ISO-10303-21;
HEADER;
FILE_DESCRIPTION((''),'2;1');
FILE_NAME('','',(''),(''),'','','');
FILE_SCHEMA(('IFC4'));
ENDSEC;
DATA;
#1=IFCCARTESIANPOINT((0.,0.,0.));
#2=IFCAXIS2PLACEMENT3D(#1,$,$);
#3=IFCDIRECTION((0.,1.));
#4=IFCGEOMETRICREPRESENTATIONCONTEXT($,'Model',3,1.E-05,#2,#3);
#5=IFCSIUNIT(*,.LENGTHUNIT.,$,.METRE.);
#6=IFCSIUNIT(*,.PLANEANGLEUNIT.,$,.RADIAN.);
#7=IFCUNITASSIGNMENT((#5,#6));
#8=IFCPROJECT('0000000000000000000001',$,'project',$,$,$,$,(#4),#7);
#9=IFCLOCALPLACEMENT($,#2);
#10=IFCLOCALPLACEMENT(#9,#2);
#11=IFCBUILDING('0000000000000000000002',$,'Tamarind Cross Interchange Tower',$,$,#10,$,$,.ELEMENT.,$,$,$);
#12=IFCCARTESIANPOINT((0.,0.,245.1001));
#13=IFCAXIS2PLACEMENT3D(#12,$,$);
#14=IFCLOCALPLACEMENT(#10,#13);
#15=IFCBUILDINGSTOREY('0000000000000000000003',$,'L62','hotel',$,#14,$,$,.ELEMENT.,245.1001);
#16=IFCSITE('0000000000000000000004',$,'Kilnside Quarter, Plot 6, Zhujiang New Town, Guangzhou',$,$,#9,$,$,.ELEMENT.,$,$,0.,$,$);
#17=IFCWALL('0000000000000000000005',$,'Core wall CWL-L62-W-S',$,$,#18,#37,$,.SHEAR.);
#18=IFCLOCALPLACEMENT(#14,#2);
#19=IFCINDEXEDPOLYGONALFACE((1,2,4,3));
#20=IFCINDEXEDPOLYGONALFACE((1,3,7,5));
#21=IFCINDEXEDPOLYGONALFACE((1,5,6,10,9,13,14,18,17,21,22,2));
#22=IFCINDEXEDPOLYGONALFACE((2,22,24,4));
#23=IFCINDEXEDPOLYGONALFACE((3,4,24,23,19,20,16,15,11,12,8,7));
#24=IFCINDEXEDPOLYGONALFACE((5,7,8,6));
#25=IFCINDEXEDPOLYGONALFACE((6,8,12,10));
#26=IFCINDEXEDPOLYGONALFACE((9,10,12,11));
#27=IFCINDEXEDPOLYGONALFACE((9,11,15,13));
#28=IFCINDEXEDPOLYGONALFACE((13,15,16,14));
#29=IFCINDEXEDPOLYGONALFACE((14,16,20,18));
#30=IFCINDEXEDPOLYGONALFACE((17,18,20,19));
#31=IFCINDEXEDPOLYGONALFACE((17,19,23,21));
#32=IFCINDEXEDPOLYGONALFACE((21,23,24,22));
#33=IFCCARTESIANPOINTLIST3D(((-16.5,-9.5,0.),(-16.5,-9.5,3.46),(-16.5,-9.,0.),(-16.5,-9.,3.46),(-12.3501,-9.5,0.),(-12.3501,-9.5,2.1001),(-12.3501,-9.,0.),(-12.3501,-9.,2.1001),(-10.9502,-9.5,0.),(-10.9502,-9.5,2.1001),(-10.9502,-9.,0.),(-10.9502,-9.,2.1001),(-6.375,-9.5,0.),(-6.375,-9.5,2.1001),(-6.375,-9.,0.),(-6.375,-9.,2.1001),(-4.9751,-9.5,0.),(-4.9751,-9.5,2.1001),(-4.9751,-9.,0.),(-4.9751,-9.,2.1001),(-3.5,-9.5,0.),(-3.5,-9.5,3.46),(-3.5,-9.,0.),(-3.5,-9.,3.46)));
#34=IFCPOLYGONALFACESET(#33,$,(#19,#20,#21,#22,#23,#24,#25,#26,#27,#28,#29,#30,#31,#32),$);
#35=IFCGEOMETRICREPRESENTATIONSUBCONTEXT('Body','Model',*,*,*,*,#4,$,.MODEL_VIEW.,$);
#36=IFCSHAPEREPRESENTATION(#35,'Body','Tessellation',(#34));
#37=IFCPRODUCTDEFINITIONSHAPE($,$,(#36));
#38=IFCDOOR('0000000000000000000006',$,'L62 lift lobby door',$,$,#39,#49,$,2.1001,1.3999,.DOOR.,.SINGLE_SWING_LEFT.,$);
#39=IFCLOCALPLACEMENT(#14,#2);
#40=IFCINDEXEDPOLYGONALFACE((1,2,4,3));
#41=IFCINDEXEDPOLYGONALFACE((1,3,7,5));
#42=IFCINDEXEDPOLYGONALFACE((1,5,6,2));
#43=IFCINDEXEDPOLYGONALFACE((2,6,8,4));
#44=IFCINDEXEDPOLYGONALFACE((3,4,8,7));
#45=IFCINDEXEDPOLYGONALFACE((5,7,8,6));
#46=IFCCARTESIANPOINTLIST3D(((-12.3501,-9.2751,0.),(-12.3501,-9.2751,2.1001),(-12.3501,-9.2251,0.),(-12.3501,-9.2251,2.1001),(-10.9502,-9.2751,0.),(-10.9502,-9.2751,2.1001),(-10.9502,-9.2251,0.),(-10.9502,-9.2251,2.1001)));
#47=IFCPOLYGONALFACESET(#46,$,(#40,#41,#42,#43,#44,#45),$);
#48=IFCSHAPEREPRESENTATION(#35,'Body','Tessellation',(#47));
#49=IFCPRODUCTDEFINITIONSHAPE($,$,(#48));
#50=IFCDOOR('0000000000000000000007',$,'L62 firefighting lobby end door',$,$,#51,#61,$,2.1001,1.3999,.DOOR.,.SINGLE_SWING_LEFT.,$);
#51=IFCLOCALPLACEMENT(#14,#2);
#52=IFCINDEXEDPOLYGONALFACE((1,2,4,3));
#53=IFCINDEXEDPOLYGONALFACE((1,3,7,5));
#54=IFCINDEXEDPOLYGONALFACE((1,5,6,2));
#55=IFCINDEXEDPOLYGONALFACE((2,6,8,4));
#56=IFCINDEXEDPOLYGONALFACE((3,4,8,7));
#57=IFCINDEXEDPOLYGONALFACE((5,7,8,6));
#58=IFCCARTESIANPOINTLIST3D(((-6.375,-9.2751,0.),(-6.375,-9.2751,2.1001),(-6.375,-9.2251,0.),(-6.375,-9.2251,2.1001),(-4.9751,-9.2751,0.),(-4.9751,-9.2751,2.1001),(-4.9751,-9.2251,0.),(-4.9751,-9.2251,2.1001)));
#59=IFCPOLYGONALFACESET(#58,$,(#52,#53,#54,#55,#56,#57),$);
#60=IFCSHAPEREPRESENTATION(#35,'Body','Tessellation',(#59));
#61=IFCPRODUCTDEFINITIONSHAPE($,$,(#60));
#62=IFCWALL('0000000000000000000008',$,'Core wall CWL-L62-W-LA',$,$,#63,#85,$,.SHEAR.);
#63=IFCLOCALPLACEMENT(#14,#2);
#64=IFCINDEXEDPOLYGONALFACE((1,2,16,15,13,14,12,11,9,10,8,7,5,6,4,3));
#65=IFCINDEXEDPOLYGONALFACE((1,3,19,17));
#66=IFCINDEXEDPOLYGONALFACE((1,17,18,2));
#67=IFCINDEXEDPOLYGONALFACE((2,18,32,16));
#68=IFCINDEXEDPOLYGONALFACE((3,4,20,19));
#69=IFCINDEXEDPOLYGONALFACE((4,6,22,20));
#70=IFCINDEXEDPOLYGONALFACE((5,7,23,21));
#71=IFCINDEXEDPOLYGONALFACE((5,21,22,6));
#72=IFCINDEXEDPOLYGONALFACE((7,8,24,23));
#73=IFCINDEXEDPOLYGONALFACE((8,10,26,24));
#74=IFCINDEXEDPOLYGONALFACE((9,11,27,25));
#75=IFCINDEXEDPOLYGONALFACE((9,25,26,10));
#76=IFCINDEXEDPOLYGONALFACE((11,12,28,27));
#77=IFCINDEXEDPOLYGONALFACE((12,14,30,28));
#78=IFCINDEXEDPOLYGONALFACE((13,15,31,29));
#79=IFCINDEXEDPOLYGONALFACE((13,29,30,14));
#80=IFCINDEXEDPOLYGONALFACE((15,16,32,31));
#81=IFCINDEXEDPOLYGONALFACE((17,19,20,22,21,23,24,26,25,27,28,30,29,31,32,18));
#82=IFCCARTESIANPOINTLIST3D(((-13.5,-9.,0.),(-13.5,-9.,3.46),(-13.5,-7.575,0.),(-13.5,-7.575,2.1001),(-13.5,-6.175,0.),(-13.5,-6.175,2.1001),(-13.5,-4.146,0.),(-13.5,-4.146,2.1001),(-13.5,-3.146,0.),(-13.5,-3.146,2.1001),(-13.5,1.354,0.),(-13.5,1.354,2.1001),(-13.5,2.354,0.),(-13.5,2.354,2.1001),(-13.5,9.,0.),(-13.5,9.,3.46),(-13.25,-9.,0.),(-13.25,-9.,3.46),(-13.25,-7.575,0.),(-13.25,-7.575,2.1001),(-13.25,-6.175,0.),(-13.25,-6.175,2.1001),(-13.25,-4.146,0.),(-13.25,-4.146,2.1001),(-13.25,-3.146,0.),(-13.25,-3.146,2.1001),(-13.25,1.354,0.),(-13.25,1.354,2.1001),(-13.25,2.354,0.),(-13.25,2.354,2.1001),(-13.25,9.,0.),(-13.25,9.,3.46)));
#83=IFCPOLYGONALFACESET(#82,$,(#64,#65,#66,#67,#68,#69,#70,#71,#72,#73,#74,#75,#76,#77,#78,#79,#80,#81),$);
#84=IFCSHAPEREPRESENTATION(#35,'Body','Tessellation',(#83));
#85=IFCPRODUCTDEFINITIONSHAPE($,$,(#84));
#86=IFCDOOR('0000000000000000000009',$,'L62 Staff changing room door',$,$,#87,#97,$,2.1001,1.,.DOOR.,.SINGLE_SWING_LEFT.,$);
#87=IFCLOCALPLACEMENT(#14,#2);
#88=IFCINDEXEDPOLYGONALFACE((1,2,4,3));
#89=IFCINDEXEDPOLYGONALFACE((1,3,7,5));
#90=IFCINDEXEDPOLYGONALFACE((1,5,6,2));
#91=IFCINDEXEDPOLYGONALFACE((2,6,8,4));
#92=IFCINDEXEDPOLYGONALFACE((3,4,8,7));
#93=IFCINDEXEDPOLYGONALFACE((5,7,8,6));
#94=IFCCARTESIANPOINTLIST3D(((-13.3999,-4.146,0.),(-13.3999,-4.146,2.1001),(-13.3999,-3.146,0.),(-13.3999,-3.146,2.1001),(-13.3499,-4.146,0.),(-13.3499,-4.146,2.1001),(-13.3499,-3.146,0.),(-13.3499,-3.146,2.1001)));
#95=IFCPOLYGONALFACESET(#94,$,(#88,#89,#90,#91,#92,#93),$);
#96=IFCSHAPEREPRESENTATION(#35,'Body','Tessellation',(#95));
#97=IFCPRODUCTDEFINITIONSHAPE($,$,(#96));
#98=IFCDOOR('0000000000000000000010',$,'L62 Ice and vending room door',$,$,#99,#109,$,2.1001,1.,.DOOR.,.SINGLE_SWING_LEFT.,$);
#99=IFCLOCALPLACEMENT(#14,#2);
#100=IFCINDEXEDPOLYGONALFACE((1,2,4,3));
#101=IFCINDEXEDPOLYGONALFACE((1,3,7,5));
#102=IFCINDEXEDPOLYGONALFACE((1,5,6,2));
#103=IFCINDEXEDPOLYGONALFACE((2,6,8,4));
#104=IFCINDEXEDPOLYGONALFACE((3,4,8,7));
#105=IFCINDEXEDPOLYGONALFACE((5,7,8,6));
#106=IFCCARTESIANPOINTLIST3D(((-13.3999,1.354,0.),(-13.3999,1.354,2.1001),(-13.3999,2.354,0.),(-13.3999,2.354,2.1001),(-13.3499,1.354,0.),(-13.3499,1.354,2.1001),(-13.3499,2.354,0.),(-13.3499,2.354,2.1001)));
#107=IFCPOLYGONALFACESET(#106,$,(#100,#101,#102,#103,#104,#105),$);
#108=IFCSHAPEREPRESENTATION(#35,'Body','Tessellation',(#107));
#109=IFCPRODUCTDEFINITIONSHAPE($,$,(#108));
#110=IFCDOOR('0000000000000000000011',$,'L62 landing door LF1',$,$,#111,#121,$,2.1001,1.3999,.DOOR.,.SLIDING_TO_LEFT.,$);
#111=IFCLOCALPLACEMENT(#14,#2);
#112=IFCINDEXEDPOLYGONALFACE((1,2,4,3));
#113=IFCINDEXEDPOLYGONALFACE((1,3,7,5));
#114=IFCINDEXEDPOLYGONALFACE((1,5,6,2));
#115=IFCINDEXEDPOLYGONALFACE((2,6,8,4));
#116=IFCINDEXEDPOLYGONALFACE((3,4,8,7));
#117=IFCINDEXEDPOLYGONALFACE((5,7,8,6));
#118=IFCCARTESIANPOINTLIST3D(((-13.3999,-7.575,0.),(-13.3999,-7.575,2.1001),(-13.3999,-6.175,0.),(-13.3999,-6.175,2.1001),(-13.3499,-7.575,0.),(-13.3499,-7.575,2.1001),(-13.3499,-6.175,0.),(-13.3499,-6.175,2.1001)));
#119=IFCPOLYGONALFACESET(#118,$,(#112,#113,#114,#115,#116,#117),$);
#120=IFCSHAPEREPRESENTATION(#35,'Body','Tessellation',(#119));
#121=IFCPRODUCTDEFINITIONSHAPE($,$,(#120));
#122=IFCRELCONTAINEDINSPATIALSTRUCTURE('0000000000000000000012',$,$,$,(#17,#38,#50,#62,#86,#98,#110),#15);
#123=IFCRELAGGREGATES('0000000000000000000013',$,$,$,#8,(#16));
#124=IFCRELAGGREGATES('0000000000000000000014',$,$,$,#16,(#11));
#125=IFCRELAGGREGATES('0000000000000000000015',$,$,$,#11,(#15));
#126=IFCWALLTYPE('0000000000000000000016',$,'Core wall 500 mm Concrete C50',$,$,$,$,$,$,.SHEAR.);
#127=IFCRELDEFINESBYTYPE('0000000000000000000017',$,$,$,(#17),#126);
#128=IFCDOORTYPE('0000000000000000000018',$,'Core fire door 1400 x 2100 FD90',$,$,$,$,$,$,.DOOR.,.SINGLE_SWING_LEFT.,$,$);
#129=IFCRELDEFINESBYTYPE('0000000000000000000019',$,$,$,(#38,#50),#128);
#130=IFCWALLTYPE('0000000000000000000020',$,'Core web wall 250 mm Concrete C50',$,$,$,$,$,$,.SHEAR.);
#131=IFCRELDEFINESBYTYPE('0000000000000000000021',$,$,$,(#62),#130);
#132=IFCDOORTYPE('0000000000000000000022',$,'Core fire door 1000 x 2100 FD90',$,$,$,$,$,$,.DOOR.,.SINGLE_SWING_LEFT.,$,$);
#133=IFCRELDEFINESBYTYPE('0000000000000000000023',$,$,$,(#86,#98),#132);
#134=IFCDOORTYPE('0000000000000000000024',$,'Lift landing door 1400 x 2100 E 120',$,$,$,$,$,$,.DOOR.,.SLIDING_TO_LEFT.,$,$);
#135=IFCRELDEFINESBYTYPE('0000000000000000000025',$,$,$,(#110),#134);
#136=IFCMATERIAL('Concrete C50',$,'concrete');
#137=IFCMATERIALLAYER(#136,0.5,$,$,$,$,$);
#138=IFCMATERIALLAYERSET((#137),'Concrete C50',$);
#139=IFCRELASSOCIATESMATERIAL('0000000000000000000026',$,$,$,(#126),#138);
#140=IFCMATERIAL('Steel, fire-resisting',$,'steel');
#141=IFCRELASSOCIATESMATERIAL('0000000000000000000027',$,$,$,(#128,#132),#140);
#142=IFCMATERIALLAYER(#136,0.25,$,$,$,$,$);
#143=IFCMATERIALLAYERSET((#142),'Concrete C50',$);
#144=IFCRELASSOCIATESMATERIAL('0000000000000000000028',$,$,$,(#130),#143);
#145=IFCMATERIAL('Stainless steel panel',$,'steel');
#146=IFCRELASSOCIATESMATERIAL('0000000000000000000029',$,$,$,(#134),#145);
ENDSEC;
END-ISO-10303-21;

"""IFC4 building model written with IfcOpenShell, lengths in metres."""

from ifc_helpers import new_model, si_unit, direction, frame, frame_2d, origin, place, context, subcontext, project, spatial, rectangle, extrude, material, layer, layer_set, type_object, element, fill, save


model = new_model("IFC4")

# Units and contexts
model_context = context("Model", 3, precision=1e-05, world=origin(), true_north=direction((0.0, 1.0)))
body_context = subcontext(model_context, "Body", "Model", "MODEL_VIEW")
ifc_project = project(units=[si_unit("LENGTHUNIT", "METRE"), si_unit("PLANEANGLEUNIT", "RADIAN")], contexts=[model_context])

# Site, building, storey
site_placement = place(None, origin())
site = spatial("IfcSite", under=ifc_project, at=site_placement, Name="Kilnside Quarter, Plot 6, Zhujiang New Town, Guangzhou", CompositionType="ELEMENT", RefElevation=0.0)
building_placement = place(site_placement, origin())
building = spatial("IfcBuilding", under=site, at=building_placement, Name="Tamarind Cross Interchange Tower", CompositionType="ELEMENT")
storey_placement = place(building_placement, frame((0.0, 0.0, 245.1001)))
storey = spatial("IfcBuildingStorey", under=building, at=storey_placement, Name="L62", Description="hotel", CompositionType="ELEMENT", Elevation=245.1001)

# Walls, openings, doors
ifc_material_1 = material(Name="Concrete C50", Category="concrete")
ifc_layer_1 = layer(ifc_material_1, 0.5)
ifc_layer_set_1 = layer_set([ifc_layer_1], Name="Concrete C50")
wall_type_1 = type_object("IfcWallType", Name="Core wall 500 mm Concrete C50", PredefinedType="SHEAR", material=ifc_layer_set_1)
wall_1_placement = place(storey_placement, frame((-16.5, -9.25, 0.0), z_axis=(0.0, 0.0, 1.0), x_axis=(1.0, 0.0, 0.0)))
wall_1 = element("IfcWall", 1, at=wall_1_placement, inside=storey, type_object=wall_type_1, Name="Core wall CWL-L62-W-S", PredefinedType="SHEAR", context=body_context, shape_type="SweptSolid", body=[
    extrude(rectangle(XDim=13.0, YDim=0.5, at=frame_2d((6.5, 0.0))), origin(), (0.0, 0.0, 1.0), 3.46),
])
opening_1_placement = place(wall_1_placement, frame((4.1499, 0.0, 0.0)))
opening_1 = element("IfcOpeningElement", 2, at=opening_1_placement, cuts=wall_1, PredefinedType="OPENING", context=body_context, shape_type="SweptSolid", body=[
    extrude(rectangle(XDim=1.3999, YDim=2.1001, at=frame_2d((0.7, 1.05))), frame((0.0, 0.26, 0.0), z_axis=(0.0, -1.0, 0.0), x_axis=(1.0, 0.0, 0.0)), (0.0, 0.0, 1.0), 0.52),
])
opening_2_placement = place(wall_1_placement, frame((10.125, 0.0, 0.0)))
opening_2 = element("IfcOpeningElement", 3, at=opening_2_placement, cuts=wall_1, PredefinedType="OPENING", context=body_context, shape_type="SweptSolid", body=[
    extrude(rectangle(XDim=1.3999, YDim=2.1001, at=frame_2d((0.7, 1.05))), frame((0.0, 0.26, 0.0), z_axis=(0.0, -1.0, 0.0), x_axis=(1.0, 0.0, 0.0)), (0.0, 0.0, 1.0), 0.52),
])
ifc_material_2 = material(Name="Steel, fire-resisting", Category="steel")
door_type_1 = type_object("IfcDoorType", Name="Core fire door 1400 x 2100 FD90", OperationType="SINGLE_SWING_LEFT", PredefinedType="DOOR", material=ifc_material_2)
door_1_placement = place(opening_1_placement, origin())
door_1 = element("IfcDoor", 4, at=door_1_placement, inside=storey, type_object=door_type_1, Name="L62 lift lobby door", OperationType="SINGLE_SWING_LEFT", OverallHeight=2.1001, OverallWidth=1.3999, PredefinedType="DOOR", context=body_context, shape_type="SweptSolid", body=[
    extrude(rectangle(XDim=1.3999, YDim=2.1001, at=frame_2d((0.7, 1.05))), frame((0.0, 0.0249, 0.0), z_axis=(0.0, -1.0, 0.0), x_axis=(1.0, 0.0, 0.0)), (0.0, 0.0, 1.0), 0.05),
])
fill(opening_1, door_1)
door_2_placement = place(opening_2_placement, origin())
door_2 = element("IfcDoor", 5, at=door_2_placement, inside=storey, type_object=door_type_1, Name="L62 firefighting lobby end door", OperationType="SINGLE_SWING_LEFT", OverallHeight=2.1001, OverallWidth=1.3999, PredefinedType="DOOR", context=body_context, shape_type="SweptSolid", body=[
    extrude(rectangle(XDim=1.3999, YDim=2.1001, at=frame_2d((0.7, 1.05))), frame((0.0, 0.0249, 0.0), z_axis=(0.0, -1.0, 0.0), x_axis=(1.0, 0.0, 0.0)), (0.0, 0.0, 1.0), 0.05),
])
fill(opening_2, door_2)
ifc_layer_2 = layer(ifc_material_1, 0.25)
ifc_layer_set_2 = layer_set([ifc_layer_2], Name="Concrete C50")
wall_type_2 = type_object("IfcWallType", Name="Core web wall 250 mm Concrete C50", PredefinedType="SHEAR", material=ifc_layer_set_2)
wall_2_placement = place(storey_placement, frame((-13.375, -9.0, 0.0), z_axis=(0.0, 0.0, 1.0), x_axis=(0.0, 1.0, 0.0)))
wall_2 = element("IfcWall", 6, at=wall_2_placement, inside=storey, type_object=wall_type_2, Name="Core wall CWL-L62-W-LA", PredefinedType="SHEAR", context=body_context, shape_type="SweptSolid", body=[
    extrude(rectangle(XDim=18.0, YDim=0.25, at=frame_2d((9.0, 0.0))), origin(), (0.0, 0.0, 1.0), 3.46),
])
opening_3_placement = place(wall_2_placement, frame((1.425, 0.0, 0.0)))
opening_3 = element("IfcOpeningElement", 7, at=opening_3_placement, cuts=wall_2, PredefinedType="OPENING", context=body_context, shape_type="SweptSolid", body=[
    extrude(rectangle(XDim=1.3999, YDim=2.1001, at=frame_2d((0.7, 1.05))), frame((0.0, 0.135, 0.0), z_axis=(0.0, -1.0, 0.0), x_axis=(1.0, 0.0, 0.0)), (0.0, 0.0, 1.0), 0.27),
])
opening_4_placement = place(wall_2_placement, frame((4.854, 0.0, 0.0)))
opening_4 = element("IfcOpeningElement", 8, at=opening_4_placement, cuts=wall_2, PredefinedType="OPENING", context=body_context, shape_type="SweptSolid", body=[
    extrude(rectangle(XDim=1.0, YDim=2.1001, at=frame_2d((0.5, 1.05))), frame((0.0, 0.135, 0.0), z_axis=(0.0, -1.0, 0.0), x_axis=(1.0, 0.0, 0.0)), (0.0, 0.0, 1.0), 0.27),
])
opening_5_placement = place(wall_2_placement, frame((10.354, 0.0, 0.0)))
opening_5 = element("IfcOpeningElement", 9, at=opening_5_placement, cuts=wall_2, PredefinedType="OPENING", context=body_context, shape_type="SweptSolid", body=[
    extrude(rectangle(XDim=1.0, YDim=2.1001, at=frame_2d((0.5, 1.05))), frame((0.0, 0.135, 0.0), z_axis=(0.0, -1.0, 0.0), x_axis=(1.0, 0.0, 0.0)), (0.0, 0.0, 1.0), 0.27),
])
door_type_2 = type_object("IfcDoorType", Name="Core fire door 1000 x 2100 FD90", OperationType="SINGLE_SWING_LEFT", PredefinedType="DOOR", material=ifc_material_2)
door_3_placement = place(opening_4_placement, origin())
door_3 = element("IfcDoor", 10, at=door_3_placement, inside=storey, type_object=door_type_2, Name="L62 Staff changing room door", OperationType="SINGLE_SWING_LEFT", OverallHeight=2.1001, OverallWidth=1.0, PredefinedType="DOOR", context=body_context, shape_type="SweptSolid", body=[
    extrude(rectangle(XDim=1.0, YDim=2.1001, at=frame_2d((0.5, 1.05))), frame((0.0, 0.0249, 0.0), z_axis=(0.0, -1.0, 0.0), x_axis=(1.0, 0.0, 0.0)), (0.0, 0.0, 1.0), 0.05),
])
fill(opening_4, door_3)
door_4_placement = place(opening_5_placement, origin())
door_4 = element("IfcDoor", 11, at=door_4_placement, inside=storey, type_object=door_type_2, Name="L62 Ice and vending room door", OperationType="SINGLE_SWING_LEFT", OverallHeight=2.1001, OverallWidth=1.0, PredefinedType="DOOR", context=body_context, shape_type="SweptSolid", body=[
    extrude(rectangle(XDim=1.0, YDim=2.1001, at=frame_2d((0.5, 1.05))), frame((0.0, 0.0249, 0.0), z_axis=(0.0, -1.0, 0.0), x_axis=(1.0, 0.0, 0.0)), (0.0, 0.0, 1.0), 0.05),
])
fill(opening_5, door_4)
ifc_material_3 = material(Name="Stainless steel panel", Category="steel")
door_type_3 = type_object("IfcDoorType", Name="Lift landing door 1400 x 2100 E 120", OperationType="SLIDING_TO_LEFT", PredefinedType="DOOR", material=ifc_material_3)
door_5_placement = place(opening_3_placement, origin())
door_5 = element("IfcDoor", 12, at=door_5_placement, inside=storey, type_object=door_type_3, Name="L62 landing door LF1", OperationType="SLIDING_TO_LEFT", OverallHeight=2.1001, OverallWidth=1.3999, PredefinedType="DOOR", context=body_context, shape_type="SweptSolid", body=[
    extrude(rectangle(XDim=1.3999, YDim=2.1001, at=frame_2d((0.7, 1.05))), frame((0.0, 0.0249, 0.0), z_axis=(0.0, -1.0, 0.0), x_axis=(1.0, 0.0, 0.0)), (0.0, 0.0, 1.0), 0.05),
])
fill(opening_3, door_5)

save(model, "model.ifc")
